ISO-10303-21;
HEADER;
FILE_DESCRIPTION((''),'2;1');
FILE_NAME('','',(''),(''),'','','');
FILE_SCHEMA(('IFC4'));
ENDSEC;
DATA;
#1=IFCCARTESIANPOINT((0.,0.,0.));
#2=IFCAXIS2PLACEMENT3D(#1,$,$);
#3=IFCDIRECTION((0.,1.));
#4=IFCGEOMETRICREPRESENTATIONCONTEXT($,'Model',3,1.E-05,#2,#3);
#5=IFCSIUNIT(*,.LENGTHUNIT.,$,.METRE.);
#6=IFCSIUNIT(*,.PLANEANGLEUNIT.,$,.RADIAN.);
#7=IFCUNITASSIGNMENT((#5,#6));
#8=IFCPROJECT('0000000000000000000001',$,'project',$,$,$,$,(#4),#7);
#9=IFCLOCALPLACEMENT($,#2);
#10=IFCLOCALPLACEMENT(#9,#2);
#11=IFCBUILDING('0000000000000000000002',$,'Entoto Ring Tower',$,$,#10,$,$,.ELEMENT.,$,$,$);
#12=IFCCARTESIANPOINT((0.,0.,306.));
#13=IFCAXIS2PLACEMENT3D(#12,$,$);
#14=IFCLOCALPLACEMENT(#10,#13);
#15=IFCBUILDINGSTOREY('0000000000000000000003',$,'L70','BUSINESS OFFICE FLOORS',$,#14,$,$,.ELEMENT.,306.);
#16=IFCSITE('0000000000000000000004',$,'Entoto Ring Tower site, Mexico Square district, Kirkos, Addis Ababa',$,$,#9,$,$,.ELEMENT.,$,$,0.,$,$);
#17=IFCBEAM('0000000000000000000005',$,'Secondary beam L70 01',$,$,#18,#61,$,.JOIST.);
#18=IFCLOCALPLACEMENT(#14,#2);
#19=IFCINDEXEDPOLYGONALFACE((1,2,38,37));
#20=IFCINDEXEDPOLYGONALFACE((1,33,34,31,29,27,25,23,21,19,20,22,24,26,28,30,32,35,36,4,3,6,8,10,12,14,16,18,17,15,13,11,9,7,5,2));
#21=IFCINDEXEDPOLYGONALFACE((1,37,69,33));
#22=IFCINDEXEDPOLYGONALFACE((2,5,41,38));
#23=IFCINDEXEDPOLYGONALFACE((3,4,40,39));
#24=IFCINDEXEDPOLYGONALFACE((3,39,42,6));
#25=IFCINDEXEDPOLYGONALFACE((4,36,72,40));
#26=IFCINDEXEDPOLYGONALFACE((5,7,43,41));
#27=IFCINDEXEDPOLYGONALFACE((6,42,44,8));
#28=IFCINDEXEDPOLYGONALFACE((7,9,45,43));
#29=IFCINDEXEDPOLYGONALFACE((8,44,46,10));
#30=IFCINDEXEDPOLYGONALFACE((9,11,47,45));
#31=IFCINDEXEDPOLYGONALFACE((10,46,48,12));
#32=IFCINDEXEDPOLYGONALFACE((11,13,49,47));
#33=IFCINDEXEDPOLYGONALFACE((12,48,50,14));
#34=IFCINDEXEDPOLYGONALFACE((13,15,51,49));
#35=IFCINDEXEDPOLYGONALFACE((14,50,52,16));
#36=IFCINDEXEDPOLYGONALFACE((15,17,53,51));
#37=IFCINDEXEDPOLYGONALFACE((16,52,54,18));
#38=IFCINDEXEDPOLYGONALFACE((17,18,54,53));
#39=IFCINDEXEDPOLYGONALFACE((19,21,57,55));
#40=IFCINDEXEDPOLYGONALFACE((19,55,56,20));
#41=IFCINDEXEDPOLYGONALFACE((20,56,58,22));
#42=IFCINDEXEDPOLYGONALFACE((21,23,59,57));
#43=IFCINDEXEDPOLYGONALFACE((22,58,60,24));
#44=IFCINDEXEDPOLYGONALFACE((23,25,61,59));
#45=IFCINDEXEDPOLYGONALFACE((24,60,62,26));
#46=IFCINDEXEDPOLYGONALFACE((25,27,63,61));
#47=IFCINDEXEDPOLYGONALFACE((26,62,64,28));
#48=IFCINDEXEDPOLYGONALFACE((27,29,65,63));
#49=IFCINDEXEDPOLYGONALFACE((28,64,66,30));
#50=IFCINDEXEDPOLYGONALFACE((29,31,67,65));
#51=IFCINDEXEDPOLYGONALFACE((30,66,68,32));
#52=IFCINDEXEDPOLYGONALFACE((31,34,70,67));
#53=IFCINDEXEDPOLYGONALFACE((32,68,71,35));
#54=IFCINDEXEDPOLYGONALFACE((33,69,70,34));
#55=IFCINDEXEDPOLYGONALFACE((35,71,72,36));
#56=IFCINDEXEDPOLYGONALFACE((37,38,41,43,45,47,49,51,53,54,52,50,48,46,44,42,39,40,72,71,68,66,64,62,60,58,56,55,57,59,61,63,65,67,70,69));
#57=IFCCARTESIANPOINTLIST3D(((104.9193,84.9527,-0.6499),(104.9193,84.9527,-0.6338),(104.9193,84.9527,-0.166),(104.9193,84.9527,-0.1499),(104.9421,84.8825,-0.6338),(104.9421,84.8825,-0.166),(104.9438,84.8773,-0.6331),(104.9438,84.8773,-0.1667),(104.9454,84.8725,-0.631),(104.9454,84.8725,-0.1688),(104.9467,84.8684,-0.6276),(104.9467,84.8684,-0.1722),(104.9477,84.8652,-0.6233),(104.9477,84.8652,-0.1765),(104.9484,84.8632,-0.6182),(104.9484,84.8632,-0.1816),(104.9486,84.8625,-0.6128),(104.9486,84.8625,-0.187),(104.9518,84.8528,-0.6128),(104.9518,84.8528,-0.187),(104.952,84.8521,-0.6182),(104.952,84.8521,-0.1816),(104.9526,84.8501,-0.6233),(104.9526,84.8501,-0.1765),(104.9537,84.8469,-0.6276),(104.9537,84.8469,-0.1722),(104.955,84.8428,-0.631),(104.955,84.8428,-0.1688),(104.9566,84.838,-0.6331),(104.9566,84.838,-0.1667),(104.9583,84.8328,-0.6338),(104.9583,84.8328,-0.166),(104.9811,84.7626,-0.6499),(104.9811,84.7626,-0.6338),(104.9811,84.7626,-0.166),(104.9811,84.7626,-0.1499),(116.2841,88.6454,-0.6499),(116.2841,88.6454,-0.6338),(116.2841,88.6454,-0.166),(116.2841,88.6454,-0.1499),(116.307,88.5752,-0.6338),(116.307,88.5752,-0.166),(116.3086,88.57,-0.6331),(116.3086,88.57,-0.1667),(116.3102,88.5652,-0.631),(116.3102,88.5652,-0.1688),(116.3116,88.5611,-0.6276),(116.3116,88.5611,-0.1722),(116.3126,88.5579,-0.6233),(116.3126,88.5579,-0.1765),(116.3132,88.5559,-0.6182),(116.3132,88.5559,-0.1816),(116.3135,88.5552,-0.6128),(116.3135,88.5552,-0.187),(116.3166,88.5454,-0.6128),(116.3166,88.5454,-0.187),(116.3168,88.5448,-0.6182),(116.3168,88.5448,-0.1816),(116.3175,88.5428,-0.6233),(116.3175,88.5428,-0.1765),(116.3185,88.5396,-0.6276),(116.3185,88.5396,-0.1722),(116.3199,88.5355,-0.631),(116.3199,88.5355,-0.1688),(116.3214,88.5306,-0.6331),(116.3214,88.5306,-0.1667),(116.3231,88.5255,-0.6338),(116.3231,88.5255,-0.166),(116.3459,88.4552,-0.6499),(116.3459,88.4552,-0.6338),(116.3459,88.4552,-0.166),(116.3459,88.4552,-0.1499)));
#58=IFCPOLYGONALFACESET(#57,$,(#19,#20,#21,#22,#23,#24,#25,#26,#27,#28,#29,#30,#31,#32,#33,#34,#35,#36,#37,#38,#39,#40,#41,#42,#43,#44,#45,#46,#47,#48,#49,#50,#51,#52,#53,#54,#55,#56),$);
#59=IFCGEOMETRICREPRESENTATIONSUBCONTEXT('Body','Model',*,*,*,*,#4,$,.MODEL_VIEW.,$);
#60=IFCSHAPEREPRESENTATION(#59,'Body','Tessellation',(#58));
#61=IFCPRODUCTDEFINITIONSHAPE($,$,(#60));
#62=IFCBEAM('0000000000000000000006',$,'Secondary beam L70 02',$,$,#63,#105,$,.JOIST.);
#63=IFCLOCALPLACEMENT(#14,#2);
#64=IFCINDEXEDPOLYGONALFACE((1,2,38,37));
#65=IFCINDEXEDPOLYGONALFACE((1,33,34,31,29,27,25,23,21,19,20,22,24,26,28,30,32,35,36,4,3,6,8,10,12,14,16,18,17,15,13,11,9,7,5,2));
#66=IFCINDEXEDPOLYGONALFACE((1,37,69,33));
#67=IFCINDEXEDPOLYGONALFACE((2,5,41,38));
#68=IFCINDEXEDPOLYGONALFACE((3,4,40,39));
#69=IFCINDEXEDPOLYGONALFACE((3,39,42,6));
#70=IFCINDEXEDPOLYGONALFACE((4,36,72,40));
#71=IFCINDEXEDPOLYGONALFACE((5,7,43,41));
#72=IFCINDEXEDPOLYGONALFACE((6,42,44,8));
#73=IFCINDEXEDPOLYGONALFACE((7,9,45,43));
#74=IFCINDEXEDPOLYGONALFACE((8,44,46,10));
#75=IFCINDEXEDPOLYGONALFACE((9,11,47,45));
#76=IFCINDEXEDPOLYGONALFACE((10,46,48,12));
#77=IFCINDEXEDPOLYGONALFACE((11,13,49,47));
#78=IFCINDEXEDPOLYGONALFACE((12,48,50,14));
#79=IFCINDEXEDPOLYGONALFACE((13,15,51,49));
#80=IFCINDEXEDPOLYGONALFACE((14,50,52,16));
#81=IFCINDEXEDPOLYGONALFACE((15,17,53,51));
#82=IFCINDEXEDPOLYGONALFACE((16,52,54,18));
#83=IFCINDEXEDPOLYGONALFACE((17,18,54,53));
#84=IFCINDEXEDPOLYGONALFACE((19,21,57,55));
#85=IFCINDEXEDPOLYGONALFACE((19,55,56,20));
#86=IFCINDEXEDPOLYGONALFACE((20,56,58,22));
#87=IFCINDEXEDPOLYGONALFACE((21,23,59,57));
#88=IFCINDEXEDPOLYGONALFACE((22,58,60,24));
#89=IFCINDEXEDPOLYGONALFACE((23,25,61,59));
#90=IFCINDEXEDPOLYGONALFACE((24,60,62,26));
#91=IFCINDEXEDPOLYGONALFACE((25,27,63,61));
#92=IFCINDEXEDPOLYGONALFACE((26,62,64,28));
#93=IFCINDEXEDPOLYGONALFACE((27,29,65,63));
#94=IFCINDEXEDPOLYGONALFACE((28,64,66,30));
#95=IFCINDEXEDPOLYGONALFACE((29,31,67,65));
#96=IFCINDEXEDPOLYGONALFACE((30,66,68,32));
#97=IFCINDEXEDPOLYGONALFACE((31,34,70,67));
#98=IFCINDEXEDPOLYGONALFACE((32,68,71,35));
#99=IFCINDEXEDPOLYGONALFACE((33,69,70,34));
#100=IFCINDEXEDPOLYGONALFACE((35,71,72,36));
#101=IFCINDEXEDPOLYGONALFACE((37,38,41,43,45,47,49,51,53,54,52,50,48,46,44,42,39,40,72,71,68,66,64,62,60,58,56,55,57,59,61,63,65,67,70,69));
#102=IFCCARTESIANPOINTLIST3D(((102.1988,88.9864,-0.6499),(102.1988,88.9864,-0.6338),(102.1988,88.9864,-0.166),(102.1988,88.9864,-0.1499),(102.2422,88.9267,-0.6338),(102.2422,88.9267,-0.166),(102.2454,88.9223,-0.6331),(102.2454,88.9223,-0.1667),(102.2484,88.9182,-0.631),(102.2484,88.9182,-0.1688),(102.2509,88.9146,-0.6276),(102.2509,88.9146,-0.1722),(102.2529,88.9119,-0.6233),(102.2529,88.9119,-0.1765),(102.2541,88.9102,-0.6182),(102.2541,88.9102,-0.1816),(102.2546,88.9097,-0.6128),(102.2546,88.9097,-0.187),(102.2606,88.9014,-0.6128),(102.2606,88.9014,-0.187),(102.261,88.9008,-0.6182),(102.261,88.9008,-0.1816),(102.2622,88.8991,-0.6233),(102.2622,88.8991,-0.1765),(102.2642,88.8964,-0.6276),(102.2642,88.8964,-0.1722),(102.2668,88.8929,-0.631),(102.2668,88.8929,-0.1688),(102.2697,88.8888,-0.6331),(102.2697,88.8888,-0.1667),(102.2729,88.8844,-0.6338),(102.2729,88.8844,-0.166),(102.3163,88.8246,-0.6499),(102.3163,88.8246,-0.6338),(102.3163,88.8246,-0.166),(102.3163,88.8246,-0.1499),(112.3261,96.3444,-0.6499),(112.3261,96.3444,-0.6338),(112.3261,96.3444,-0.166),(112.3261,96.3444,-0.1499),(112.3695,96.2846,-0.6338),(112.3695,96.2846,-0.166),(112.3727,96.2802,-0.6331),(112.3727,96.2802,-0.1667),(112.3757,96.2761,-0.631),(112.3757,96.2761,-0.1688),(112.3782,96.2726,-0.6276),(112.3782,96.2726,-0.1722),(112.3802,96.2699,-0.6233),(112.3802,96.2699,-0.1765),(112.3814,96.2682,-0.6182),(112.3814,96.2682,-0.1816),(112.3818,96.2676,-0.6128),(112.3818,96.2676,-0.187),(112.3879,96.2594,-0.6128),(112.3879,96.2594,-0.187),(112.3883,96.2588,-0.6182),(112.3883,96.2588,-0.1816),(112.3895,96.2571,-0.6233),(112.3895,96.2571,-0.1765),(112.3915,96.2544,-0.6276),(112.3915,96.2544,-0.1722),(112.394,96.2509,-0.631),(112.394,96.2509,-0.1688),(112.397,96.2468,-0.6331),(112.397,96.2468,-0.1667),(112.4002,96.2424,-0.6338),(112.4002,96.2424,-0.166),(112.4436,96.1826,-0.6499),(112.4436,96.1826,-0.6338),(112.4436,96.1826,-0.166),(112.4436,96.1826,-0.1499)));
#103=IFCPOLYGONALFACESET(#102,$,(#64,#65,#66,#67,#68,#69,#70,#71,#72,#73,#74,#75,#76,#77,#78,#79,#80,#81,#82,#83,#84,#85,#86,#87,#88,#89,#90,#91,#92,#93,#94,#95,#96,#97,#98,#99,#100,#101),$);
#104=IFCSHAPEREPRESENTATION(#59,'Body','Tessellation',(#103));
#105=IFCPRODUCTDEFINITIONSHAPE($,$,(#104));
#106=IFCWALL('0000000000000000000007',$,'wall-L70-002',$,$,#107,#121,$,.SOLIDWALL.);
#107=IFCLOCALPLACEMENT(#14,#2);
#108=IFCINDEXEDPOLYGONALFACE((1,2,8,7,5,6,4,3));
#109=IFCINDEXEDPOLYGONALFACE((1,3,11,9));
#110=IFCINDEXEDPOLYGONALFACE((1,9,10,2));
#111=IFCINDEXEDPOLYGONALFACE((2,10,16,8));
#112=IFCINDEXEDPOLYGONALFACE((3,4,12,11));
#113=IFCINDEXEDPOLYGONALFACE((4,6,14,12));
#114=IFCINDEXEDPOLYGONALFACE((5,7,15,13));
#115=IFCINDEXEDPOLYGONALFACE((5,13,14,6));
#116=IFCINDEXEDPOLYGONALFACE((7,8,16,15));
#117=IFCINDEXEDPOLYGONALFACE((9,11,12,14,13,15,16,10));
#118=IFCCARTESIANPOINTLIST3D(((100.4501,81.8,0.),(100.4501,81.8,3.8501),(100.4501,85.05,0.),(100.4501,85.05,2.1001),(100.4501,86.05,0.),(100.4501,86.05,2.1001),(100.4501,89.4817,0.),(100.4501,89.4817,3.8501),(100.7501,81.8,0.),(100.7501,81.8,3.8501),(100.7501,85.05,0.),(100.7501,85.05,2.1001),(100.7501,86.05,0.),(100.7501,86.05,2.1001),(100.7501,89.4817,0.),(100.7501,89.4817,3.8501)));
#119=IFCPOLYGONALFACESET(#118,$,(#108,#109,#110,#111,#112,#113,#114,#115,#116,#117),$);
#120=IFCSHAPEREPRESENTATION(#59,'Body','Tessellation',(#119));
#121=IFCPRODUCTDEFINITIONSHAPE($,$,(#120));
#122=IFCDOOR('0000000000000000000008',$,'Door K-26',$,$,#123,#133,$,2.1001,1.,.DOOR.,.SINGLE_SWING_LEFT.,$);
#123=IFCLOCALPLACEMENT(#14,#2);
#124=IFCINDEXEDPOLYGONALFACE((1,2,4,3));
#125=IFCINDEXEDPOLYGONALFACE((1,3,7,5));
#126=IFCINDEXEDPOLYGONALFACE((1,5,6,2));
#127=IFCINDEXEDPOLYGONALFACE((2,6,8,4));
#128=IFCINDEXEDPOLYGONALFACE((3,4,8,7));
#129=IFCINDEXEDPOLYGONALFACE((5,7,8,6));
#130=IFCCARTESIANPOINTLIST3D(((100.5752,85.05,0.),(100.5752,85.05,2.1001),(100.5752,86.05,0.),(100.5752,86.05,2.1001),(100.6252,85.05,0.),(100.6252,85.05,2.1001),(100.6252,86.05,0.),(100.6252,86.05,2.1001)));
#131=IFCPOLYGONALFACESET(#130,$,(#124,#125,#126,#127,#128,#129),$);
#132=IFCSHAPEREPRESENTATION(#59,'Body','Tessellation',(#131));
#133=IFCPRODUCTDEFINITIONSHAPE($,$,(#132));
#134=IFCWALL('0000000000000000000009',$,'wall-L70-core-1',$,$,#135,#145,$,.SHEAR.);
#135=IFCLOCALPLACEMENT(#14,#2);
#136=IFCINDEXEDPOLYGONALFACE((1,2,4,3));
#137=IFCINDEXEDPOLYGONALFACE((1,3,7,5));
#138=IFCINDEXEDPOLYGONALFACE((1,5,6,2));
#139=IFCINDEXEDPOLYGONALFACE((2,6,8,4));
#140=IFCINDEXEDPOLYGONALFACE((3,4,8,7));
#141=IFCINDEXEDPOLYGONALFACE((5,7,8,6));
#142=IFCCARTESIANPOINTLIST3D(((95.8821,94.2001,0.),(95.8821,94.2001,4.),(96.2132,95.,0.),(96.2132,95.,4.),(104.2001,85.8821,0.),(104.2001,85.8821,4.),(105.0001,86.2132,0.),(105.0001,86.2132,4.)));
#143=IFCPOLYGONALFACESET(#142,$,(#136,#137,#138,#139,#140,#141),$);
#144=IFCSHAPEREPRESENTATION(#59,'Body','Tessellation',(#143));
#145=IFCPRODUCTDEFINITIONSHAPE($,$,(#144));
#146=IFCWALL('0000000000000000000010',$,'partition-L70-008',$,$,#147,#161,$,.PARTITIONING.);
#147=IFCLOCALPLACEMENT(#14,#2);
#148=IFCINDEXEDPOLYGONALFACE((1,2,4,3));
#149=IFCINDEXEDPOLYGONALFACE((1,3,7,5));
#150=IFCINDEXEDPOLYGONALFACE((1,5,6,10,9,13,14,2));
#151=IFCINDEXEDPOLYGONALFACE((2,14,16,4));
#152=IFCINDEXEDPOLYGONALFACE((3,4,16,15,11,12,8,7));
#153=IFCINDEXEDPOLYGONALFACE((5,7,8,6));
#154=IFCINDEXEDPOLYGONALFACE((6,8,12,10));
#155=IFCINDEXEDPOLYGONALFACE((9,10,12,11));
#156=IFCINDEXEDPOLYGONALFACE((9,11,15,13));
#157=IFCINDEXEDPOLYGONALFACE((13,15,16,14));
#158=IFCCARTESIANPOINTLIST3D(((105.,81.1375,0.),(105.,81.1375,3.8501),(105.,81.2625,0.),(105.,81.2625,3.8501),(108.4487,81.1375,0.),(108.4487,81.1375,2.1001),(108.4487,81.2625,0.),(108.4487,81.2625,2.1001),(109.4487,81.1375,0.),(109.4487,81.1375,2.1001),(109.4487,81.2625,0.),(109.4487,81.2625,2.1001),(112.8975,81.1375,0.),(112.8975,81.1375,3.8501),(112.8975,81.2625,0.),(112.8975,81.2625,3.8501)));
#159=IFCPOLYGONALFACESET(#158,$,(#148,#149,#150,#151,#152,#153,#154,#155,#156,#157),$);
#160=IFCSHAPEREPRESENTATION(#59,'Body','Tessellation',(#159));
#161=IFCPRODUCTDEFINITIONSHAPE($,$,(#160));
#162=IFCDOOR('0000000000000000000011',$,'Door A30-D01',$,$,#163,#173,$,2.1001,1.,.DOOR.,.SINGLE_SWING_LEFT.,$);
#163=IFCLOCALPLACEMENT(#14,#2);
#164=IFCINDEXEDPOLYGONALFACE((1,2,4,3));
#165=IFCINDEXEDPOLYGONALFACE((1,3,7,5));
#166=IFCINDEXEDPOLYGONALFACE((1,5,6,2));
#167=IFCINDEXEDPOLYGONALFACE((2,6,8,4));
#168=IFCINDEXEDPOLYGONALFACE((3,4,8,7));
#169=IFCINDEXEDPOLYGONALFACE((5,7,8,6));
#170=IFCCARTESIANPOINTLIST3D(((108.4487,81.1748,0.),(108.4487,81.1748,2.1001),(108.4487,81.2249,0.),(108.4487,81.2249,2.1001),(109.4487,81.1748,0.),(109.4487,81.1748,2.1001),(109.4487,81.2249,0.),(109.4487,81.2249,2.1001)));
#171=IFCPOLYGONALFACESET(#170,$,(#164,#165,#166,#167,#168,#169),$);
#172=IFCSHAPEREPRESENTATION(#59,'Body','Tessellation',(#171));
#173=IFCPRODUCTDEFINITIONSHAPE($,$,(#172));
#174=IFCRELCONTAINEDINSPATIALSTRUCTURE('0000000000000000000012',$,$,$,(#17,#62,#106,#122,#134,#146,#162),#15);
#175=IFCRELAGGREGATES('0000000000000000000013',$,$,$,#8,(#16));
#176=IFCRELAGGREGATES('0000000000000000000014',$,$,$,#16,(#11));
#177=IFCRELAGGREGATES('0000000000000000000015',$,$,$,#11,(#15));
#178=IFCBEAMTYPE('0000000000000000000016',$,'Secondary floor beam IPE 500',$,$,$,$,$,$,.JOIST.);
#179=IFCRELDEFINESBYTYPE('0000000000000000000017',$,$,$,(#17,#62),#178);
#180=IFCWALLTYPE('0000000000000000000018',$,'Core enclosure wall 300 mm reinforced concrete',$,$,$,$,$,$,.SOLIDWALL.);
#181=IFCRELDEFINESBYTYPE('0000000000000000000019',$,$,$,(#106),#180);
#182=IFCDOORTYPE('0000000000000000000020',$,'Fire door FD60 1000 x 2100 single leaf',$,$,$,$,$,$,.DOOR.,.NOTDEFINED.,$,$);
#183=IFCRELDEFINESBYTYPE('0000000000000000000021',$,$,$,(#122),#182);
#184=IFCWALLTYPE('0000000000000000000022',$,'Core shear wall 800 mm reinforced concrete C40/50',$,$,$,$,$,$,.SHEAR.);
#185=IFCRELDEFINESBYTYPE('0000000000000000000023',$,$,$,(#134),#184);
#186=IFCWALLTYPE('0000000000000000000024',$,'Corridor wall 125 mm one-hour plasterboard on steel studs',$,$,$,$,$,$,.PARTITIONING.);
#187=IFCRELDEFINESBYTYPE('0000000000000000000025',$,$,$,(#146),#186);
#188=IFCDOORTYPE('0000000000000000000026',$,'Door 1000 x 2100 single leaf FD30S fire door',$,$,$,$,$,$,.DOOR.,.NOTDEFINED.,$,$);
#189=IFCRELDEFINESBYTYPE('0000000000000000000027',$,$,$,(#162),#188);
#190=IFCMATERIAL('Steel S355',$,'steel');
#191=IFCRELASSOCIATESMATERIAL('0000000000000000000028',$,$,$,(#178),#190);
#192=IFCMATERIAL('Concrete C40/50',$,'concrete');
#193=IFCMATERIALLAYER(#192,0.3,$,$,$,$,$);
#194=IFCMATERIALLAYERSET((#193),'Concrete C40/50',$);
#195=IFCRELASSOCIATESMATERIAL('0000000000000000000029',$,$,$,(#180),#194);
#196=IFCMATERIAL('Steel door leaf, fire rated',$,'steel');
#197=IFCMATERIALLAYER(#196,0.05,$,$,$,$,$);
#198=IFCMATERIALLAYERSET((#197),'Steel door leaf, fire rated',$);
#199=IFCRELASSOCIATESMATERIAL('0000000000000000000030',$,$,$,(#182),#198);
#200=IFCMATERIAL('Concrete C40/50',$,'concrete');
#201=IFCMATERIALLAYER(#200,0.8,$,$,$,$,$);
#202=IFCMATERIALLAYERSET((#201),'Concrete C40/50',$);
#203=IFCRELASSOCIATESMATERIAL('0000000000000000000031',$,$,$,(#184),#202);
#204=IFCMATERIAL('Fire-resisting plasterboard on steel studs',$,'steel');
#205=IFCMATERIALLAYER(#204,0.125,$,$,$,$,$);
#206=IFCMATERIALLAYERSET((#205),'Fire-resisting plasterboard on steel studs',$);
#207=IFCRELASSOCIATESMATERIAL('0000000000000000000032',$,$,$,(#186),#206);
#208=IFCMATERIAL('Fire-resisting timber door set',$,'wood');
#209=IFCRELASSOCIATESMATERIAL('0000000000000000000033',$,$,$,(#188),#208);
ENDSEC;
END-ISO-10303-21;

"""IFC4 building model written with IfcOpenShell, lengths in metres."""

from ifc_helpers import new_model, si_unit, direction, frame, frame_2d, origin, origin_2d, place, context, subcontext, project, spatial, polyline, rectangle, i_section, outline, extrude, material, layer, layer_set, material_profile, profile_set, type_object, element, fill, save


model = new_model("IFC4")

# Units and contexts
model_context = context("Model", 3, precision=1e-05, world=origin(), true_north=direction((0.0, 1.0)))
body_context = subcontext(model_context, "Body", "Model", "MODEL_VIEW")
ifc_project = project(units=[si_unit("LENGTHUNIT", "METRE"), si_unit("PLANEANGLEUNIT", "RADIAN")], contexts=[model_context])

# Site, building, storey
site_placement = place(None, origin())
site = spatial("IfcSite", under=ifc_project, at=site_placement, Name="Entoto Ring Tower site, Mexico Square district, Kirkos, Addis Ababa", CompositionType="ELEMENT", RefElevation=0.0)
building_placement = place(site_placement, origin())
building = spatial("IfcBuilding", under=site, at=building_placement, Name="Entoto Ring Tower", CompositionType="ELEMENT")
storey_placement = place(building_placement, frame((0.0, 0.0, 306.0)))
storey = spatial("IfcBuildingStorey", under=building, at=storey_placement, Name="L70", Description="BUSINESS OFFICE FLOORS", CompositionType="ELEMENT", Elevation=306.0)

# Beams
ifc_material_1 = material(Name="Steel S355", Category="steel")
ifc_material_profile_1 = material_profile(ifc_material_1, i_section(OverallWidth=0.2, OverallDepth=0.5, WebThickness=0.0103, FlangeThickness=0.0161, FilletRadius=0.021, at=origin_2d()), Name="IPE 500")
ifc_profile_set_1 = profile_set([ifc_material_profile_1], Name="Steel S355")
beam_type_1 = type_object("IfcBeamType", Name="Secondary floor beam IPE 500", PredefinedType="JOIST", material=ifc_profile_set_1)
beam_1_placement = place(storey_placement, frame((104.9502, 84.8577, -0.3999), z_axis=(0.951057, 0.309017, 0.0), x_axis=(-0.309017, 0.951057, 0.0)))
element("IfcBeam", 1, at=beam_1_placement, inside=storey, type_object=beam_type_1, Name="Secondary beam L70 01", PredefinedType="JOIST", context=body_context, shape_type="SweptSolid", body=[
    extrude(i_section(OverallWidth=0.2, OverallDepth=0.5, WebThickness=0.0103, FlangeThickness=0.0161, FilletRadius=0.021, at=origin_2d()), origin(), (0.0, 0.0, 1.0), 11.9497),
])
beam_2_placement = place(storey_placement, frame((102.2576, 88.9055, -0.3999), z_axis=(0.809014, 0.587789, 0.0), x_axis=(-0.587789, 0.809014, 0.0)))
element("IfcBeam", 2, at=beam_2_placement, inside=storey, type_object=beam_type_1, Name="Secondary beam L70 02", PredefinedType="JOIST", context=body_context, shape_type="SweptSolid", body=[
    extrude(i_section(OverallWidth=0.2, OverallDepth=0.5, WebThickness=0.0103, FlangeThickness=0.0161, FilletRadius=0.021, at=origin_2d()), origin(), (0.0, 0.0, 1.0), 12.5181),
])

# Wall, opening, door
ifc_material_2 = material(Name="Concrete C40/50", Category="concrete")
ifc_layer_1 = layer(ifc_material_2, 0.3)
ifc_layer_set_1 = layer_set([ifc_layer_1], Name="Concrete C40/50")
wall_type_1 = type_object("IfcWallType", Name="Core enclosure wall 300 mm reinforced concrete", PredefinedType="SOLIDWALL", material=ifc_layer_set_1)
wall_1_placement = place(storey_placement, frame((100.6001, 81.8, 0.0), z_axis=(0.0, 0.0, 1.0), x_axis=(0.0, 1.0, 0.0)))
wall_1 = element("IfcWall", 3, at=wall_1_placement, inside=storey, type_object=wall_type_1, Name="wall-L70-002", PredefinedType="SOLIDWALL", context=body_context, shape_type="SweptSolid", body=[
    extrude(rectangle(XDim=7.6816, YDim=0.3, at=frame_2d((3.8408, 0.0))), origin(), (0.0, 0.0, 1.0), 3.8501),
])
opening_1_placement = place(wall_1_placement, frame((3.25, 0.0, 0.0)))
opening_1 = element("IfcOpeningElement", 4, at=opening_1_placement, cuts=wall_1, PredefinedType="OPENING", context=body_context, shape_type="SweptSolid", body=[
    extrude(rectangle(XDim=1.0, YDim=2.1001, at=frame_2d((0.5, 1.05))), frame((0.0, 0.1602, 0.0), z_axis=(0.0, -1.0, 0.0), x_axis=(1.0, 0.0, 0.0)), (0.0, 0.0, 1.0), 0.3201),
])
ifc_material_3 = material(Name="Steel door leaf, fire rated", Category="steel")
ifc_layer_2 = layer(ifc_material_3, 0.05)
ifc_layer_set_2 = layer_set([ifc_layer_2], Name="Steel door leaf, fire rated")
door_type_1 = type_object("IfcDoorType", Name="Fire door FD60 1000 x 2100 single leaf", OperationType="NOTDEFINED", PredefinedType="DOOR", material=ifc_layer_set_2)
door_1_placement = place(opening_1_placement, origin())
door_1 = element("IfcDoor", 5, at=door_1_placement, inside=storey, type_object=door_type_1, Name="Door K-26", OperationType="SINGLE_SWING_LEFT", OverallHeight=2.1001, OverallWidth=1.0, PredefinedType="DOOR", context=body_context, shape_type="SweptSolid", body=[
    extrude(rectangle(XDim=1.0, YDim=2.1001, at=frame_2d((0.5, 1.05))), frame((0.0, 0.0249, 0.0), z_axis=(0.0, -1.0, 0.0), x_axis=(1.0, 0.0, 0.0)), (0.0, 0.0, 1.0), 0.05),
])
fill(opening_1, door_1)

# Wall
ifc_material_4 = material(Name="Concrete C40/50", Category="concrete")
ifc_layer_3 = layer(ifc_material_4, 0.8)
ifc_layer_set_3 = layer_set([ifc_layer_3], Name="Concrete C40/50")
wall_type_2 = type_object("IfcWallType", Name="Core shear wall 800 mm reinforced concrete C40/50", PredefinedType="SHEAR", material=ifc_layer_set_3)
wall_2_placement = place(storey_placement, frame((104.6001, 86.0476, 0.0), z_axis=(0.0, 0.0, 1.0), x_axis=(-0.707107, 0.707107, 0.0)))
element("IfcWall", 6, at=wall_2_placement, inside=storey, type_object=wall_type_2, Name="wall-L70-core-1", PredefinedType="SHEAR", context=body_context, shape_type="SweptSolid", body=[
    extrude(outline(polyline([(-0.1658, -0.3999), (12.2607, -0.3999), (11.9292, 0.3999), (0.1658, 0.3999), (-0.1658, -0.3999)])), origin(), (0.0, 0.0, 1.0), 4.0),
])

# Wall, opening, door
ifc_material_5 = material(Name="Fire-resisting plasterboard on steel studs", Category="steel")
ifc_layer_4 = layer(ifc_material_5, 0.125)
ifc_layer_set_4 = layer_set([ifc_layer_4], Name="Fire-resisting plasterboard on steel studs")
wall_type_3 = type_object("IfcWallType", Name="Corridor wall 125 mm one-hour plasterboard on steel studs", PredefinedType="PARTITIONING", material=ifc_layer_set_4)
wall_3_placement = place(storey_placement, frame((105.0, 81.2, 0.0), z_axis=(0.0, 0.0, 1.0), x_axis=(1.0, 0.0, 0.0)))
wall_3 = element("IfcWall", 7, at=wall_3_placement, inside=storey, type_object=wall_type_3, Name="partition-L70-008", PredefinedType="PARTITIONING", context=body_context, shape_type="SweptSolid", body=[
    extrude(rectangle(XDim=7.8975, YDim=0.125, at=frame_2d((3.9487, 0.0))), origin(), (0.0, 0.0, 1.0), 3.8501),
])
opening_2_placement = place(wall_3_placement, frame((3.4487, 0.0, 0.0)))
opening_2 = element("IfcOpeningElement", 8, at=opening_2_placement, cuts=wall_3, PredefinedType="OPENING", context=body_context, shape_type="SweptSolid", body=[
    extrude(rectangle(XDim=1.0, YDim=2.1001, at=frame_2d((0.5, 1.05))), frame((0.0, 0.0725, 0.0), z_axis=(0.0, -1.0, 0.0), x_axis=(1.0, 0.0, 0.0)), (0.0, 0.0, 1.0), 0.145),
])
ifc_material_6 = material(Name="Fire-resisting timber door set", Category="wood")
door_type_2 = type_object("IfcDoorType", Name="Door 1000 x 2100 single leaf FD30S fire door", OperationType="NOTDEFINED", PredefinedType="DOOR", material=ifc_material_6)
door_2_placement = place(opening_2_placement, origin())
door_2 = element("IfcDoor", 9, at=door_2_placement, inside=storey, type_object=door_type_2, Name="Door A30-D01", OperationType="SINGLE_SWING_LEFT", OverallHeight=2.1001, OverallWidth=1.0, PredefinedType="DOOR", context=body_context, shape_type="SweptSolid", body=[
    extrude(rectangle(XDim=1.0, YDim=2.1001, at=frame_2d((0.5, 1.05))), frame((0.0, 0.0249, 0.0), z_axis=(0.0, -1.0, 0.0), x_axis=(1.0, 0.0, 0.0)), (0.0, 0.0, 1.0), 0.05),
])
fill(opening_2, door_2)

save(model, "model.ifc")
